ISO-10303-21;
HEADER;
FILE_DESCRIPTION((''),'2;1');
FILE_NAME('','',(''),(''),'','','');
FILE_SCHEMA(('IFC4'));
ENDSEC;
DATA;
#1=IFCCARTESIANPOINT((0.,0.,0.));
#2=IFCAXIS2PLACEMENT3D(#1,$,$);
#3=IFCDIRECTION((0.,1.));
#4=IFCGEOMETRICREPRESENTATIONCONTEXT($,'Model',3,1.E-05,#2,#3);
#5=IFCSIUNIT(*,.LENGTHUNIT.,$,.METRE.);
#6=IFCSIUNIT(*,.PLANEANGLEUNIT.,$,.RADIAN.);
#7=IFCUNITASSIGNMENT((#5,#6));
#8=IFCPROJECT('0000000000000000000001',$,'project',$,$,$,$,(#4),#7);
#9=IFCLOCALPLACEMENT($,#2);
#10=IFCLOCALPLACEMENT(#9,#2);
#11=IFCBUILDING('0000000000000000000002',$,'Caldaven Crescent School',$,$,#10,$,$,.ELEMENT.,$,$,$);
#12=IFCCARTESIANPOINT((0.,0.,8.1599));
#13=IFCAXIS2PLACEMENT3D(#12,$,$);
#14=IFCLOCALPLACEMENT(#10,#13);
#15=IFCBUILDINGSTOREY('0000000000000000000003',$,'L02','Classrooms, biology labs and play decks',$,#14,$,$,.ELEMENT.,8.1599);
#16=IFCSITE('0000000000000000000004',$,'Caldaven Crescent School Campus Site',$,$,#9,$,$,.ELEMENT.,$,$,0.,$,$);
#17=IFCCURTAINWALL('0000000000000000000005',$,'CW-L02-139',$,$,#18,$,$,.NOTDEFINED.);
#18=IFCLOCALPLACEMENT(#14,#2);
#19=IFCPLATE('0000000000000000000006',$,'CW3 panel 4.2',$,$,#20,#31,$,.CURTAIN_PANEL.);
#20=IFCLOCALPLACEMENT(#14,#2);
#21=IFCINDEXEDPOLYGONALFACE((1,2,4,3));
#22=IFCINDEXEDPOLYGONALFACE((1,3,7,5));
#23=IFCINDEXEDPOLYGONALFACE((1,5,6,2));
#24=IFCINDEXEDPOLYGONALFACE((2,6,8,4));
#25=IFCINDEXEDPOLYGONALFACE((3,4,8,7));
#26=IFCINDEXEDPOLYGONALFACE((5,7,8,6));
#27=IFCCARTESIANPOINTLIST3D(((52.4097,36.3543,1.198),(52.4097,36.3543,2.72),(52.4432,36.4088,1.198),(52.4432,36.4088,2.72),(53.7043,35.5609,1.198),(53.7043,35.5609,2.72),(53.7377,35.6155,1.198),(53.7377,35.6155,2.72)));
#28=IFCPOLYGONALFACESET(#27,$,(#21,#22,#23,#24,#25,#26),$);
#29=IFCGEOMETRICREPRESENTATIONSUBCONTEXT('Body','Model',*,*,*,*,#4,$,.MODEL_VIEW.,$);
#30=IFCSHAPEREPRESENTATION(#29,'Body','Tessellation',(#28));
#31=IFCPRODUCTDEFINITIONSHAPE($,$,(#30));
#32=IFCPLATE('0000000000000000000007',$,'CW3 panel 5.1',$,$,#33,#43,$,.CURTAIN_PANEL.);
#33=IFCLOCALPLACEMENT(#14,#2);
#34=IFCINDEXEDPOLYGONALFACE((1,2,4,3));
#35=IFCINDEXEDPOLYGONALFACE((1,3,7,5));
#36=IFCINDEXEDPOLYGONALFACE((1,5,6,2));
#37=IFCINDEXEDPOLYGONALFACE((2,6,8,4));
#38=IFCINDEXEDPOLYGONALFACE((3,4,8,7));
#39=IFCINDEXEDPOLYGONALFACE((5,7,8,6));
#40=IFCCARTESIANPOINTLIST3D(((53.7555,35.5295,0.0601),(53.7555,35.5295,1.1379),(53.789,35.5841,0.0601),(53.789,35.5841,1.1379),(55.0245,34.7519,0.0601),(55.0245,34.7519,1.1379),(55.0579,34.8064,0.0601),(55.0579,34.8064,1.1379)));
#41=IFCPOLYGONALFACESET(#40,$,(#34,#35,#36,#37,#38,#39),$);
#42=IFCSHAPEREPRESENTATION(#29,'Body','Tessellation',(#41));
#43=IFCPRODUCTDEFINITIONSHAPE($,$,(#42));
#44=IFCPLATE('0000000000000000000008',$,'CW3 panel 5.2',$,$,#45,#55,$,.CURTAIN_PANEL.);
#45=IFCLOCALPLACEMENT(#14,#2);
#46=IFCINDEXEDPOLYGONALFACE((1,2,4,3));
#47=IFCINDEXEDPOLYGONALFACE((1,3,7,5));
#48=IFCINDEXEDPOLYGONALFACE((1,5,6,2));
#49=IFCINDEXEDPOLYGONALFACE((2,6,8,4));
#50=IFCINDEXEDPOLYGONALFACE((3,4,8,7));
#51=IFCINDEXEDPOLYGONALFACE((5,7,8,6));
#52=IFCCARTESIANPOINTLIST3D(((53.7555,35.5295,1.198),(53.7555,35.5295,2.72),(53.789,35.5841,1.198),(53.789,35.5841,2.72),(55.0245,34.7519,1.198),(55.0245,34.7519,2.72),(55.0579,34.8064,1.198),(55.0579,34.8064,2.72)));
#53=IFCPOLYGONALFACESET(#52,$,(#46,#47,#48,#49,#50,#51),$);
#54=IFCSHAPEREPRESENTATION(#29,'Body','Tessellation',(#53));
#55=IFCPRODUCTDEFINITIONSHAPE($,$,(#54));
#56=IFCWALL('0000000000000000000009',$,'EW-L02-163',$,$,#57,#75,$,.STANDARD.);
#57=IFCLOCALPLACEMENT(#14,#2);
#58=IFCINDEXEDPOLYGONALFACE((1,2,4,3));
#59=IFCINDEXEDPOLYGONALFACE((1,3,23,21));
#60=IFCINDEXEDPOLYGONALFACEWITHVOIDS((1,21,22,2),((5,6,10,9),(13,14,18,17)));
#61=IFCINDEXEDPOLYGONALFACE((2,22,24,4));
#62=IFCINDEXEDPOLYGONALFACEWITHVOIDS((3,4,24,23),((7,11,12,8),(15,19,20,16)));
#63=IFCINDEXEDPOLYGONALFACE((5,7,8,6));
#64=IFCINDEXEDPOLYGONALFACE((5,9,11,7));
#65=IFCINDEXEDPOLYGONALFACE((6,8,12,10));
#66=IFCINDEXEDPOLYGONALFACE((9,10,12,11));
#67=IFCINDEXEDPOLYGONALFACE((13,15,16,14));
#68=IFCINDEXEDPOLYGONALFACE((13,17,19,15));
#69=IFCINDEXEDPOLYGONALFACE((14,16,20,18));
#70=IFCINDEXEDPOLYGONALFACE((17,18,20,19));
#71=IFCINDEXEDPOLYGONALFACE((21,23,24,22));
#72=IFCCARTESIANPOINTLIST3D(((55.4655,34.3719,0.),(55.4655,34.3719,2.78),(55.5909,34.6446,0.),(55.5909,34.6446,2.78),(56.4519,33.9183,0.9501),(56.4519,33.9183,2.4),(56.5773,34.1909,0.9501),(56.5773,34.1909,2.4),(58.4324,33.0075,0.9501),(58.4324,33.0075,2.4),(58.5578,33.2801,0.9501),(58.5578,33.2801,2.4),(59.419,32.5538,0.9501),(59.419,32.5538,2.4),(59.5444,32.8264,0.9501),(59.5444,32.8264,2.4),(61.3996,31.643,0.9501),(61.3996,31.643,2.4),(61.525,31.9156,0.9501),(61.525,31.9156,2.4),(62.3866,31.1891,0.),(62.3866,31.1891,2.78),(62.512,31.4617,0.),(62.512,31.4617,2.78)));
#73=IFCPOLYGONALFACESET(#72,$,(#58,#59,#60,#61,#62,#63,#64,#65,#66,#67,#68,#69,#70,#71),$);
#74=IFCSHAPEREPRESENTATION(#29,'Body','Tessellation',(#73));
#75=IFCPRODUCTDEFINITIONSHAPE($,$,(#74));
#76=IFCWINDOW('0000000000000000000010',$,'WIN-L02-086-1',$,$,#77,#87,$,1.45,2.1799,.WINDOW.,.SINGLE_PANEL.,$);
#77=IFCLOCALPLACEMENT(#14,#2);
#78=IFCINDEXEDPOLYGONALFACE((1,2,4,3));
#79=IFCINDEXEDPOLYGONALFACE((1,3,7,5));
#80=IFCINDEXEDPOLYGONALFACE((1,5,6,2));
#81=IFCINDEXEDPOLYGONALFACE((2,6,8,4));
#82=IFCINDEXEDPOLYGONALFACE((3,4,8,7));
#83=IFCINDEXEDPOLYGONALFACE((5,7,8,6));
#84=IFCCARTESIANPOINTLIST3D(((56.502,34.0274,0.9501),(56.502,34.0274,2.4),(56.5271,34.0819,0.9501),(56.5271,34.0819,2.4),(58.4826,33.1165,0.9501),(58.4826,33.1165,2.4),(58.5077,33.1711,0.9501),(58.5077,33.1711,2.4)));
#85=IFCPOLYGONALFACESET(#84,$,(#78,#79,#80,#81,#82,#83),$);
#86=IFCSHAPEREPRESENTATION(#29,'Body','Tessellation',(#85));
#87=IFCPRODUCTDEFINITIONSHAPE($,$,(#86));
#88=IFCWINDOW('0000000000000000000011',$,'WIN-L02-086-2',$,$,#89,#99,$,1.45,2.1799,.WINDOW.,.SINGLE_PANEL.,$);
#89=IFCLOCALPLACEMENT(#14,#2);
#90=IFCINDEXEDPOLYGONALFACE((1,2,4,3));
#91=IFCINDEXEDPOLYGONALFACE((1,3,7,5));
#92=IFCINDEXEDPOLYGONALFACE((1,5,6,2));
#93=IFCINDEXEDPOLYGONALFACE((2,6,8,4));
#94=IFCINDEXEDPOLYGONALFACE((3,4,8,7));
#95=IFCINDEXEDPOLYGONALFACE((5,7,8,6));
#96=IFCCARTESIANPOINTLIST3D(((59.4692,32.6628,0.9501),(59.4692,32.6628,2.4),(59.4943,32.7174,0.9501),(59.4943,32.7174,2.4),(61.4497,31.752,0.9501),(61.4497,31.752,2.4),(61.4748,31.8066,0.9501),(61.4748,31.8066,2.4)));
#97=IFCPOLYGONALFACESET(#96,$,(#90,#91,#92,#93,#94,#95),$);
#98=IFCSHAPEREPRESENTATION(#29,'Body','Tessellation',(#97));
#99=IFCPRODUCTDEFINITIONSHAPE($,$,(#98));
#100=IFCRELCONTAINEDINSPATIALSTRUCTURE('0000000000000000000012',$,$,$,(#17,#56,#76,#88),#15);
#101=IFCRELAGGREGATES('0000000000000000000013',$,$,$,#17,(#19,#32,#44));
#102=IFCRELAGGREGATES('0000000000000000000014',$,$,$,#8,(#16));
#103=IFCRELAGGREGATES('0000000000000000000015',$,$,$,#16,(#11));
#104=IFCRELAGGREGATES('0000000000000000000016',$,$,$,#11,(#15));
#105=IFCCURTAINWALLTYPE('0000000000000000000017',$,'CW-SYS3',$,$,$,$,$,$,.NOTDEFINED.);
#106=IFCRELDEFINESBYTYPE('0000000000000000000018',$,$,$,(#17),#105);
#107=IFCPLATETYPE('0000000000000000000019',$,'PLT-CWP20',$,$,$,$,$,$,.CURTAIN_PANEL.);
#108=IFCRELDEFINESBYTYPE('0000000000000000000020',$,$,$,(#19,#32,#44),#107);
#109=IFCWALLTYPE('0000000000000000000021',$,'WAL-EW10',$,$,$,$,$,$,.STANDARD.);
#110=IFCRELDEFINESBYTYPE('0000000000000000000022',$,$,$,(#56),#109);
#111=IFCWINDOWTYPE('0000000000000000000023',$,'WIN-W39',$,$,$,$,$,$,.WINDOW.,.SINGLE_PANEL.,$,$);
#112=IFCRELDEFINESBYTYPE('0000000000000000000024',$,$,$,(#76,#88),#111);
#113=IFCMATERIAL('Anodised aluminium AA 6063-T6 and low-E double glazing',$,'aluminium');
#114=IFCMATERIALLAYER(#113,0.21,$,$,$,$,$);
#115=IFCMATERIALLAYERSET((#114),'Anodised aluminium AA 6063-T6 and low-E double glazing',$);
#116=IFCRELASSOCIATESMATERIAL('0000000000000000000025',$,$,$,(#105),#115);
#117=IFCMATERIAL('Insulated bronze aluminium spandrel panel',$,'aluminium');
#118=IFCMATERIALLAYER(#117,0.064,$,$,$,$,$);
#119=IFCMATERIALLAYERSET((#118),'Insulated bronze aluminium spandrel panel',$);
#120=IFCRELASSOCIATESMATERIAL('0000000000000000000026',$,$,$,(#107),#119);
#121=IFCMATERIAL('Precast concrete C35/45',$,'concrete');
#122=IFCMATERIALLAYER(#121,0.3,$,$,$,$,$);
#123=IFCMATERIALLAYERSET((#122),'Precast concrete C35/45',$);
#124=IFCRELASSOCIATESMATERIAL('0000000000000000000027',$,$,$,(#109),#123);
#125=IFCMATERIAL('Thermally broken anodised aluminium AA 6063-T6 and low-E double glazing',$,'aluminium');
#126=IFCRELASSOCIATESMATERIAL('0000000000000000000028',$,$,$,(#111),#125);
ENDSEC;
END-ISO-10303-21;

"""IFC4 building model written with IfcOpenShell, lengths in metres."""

from ifc_helpers import new_model, si_unit, direction, frame, frame_2d, origin, origin_2d, place, context, subcontext, project, spatial, rectangle, extrude, material, layer, layer_set, type_object, element, fill, aggregate, save


model = new_model("IFC4")

# Units and contexts
model_context = context("Model", 3, precision=1e-05, world=origin(), true_north=direction((0.0, 1.0)))
body_context = subcontext(model_context, "Body", "Model", "MODEL_VIEW")
ifc_project = project(units=[si_unit("LENGTHUNIT", "METRE"), si_unit("PLANEANGLEUNIT", "RADIAN")], contexts=[model_context])

# Site, building, storey
site_placement = place(None, origin())
site = spatial("IfcSite", under=ifc_project, at=site_placement, Name="Caldaven Crescent School Campus Site", CompositionType="ELEMENT", RefElevation=0.0)
building_placement = place(site_placement, origin())
building = spatial("IfcBuilding", under=site, at=building_placement, Name="Caldaven Crescent School", CompositionType="ELEMENT")
storey_placement = place(building_placement, frame((0.0, 0.0, 8.1599)))
storey = spatial("IfcBuildingStorey", under=building, at=storey_placement, Name="L02", Description="Classrooms, biology labs and play decks", CompositionType="ELEMENT", Elevation=8.1599)

# Curtain wall
ifc_material_1 = material(Name="Anodised aluminium AA 6063-T6 and low-E double glazing", Category="aluminium")
ifc_layer_1 = layer(ifc_material_1, 0.21)
ifc_layer_set_1 = layer_set([ifc_layer_1], Name="Anodised aluminium AA 6063-T6 and low-E double glazing")
curtain_wall_type = type_object("IfcCurtainWallType", Name="CW-SYS3", PredefinedType="NOTDEFINED", material=ifc_layer_set_1)
curtain_wall_placement = place(storey_placement, origin())
curtain_wall = element("IfcCurtainWall", 1, at=curtain_wall_placement, inside=storey, type_object=curtain_wall_type, Name="CW-L02-139", PredefinedType="NOTDEFINED")

# Plates
ifc_material_2 = material(Name="Insulated bronze aluminium spandrel panel", Category="aluminium")
ifc_layer_2 = layer(ifc_material_2, 0.064)
ifc_layer_set_2 = layer_set([ifc_layer_2], Name="Insulated bronze aluminium spandrel panel")
plate_type = type_object("IfcPlateType", Name="PLT-CWP20", PredefinedType="CURTAIN_PANEL", material=ifc_layer_set_2)
plate_1_placement = place(storey_placement, frame((53.0737, 35.9849, 1.198), z_axis=(0.0, 0.0, 1.0), x_axis=(0.85264, -0.522499, 0.0)))
plate_1 = element("IfcPlate", 2, at=plate_1_placement, type_object=plate_type, Name="CW3 panel 4.2", PredefinedType="CURTAIN_PANEL", context=body_context, shape_type="SweptSolid", body=[
    extrude(rectangle(XDim=1.5183, YDim=0.064, at=origin_2d()), origin(), (0.0, 0.0, 1.0), 1.522),
])
plate_2_placement = place(storey_placement, frame((54.4067, 35.168, 0.0601), z_axis=(0.0, 0.0, 1.0), x_axis=(0.85264, -0.522499, 0.0)))
plate_2 = element("IfcPlate", 3, at=plate_2_placement, type_object=plate_type, Name="CW3 panel 5.1", PredefinedType="CURTAIN_PANEL", context=body_context, shape_type="SweptSolid", body=[
    extrude(rectangle(XDim=1.4883, YDim=0.064, at=origin_2d()), origin(), (0.0, 0.0, 1.0), 1.0779),
])
plate_3_placement = place(storey_placement, frame((54.4067, 35.168, 1.198), z_axis=(0.0, 0.0, 1.0), x_axis=(0.85264, -0.522499, 0.0)))
plate_3 = element("IfcPlate", 4, at=plate_3_placement, type_object=plate_type, Name="CW3 panel 5.2", PredefinedType="CURTAIN_PANEL", context=body_context, shape_type="SweptSolid", body=[
    extrude(rectangle(XDim=1.4883, YDim=0.064, at=origin_2d()), origin(), (0.0, 0.0, 1.0), 1.522),
])
aggregate(curtain_wall, [plate_1, plate_2, plate_3])

# Wall, openings, windows
ifc_material_3 = material(Name="Precast concrete C35/45", Category="concrete")
ifc_layer_3 = layer(ifc_material_3, 0.3)
ifc_layer_set_3 = layer_set([ifc_layer_3], Name="Precast concrete C35/45")
wall_type = type_object("IfcWallType", Name="WAL-EW10", PredefinedType="STANDARD", material=ifc_layer_set_3)
wall_placement = place(storey_placement, frame((55.5281, 34.5083, 0.0), z_axis=(0.0, 0.0, 1.0), x_axis=(0.908534, -0.417812, 0.0)))
wall = element("IfcWall", 5, at=wall_placement, inside=storey, type_object=wall_type, Name="EW-L02-163", PredefinedType="STANDARD", context=body_context, shape_type="SweptSolid", body=[
    extrude(rectangle(XDim=7.6179, YDim=0.3, at=frame_2d((3.8091, 0.0))), origin(), (0.0, 0.0, 1.0), 2.78),
])
opening_1_placement = place(wall_placement, frame((1.0859, 0.0, 0.95)))
opening_1 = element("IfcOpeningElement", 6, at=opening_1_placement, cuts=wall, PredefinedType="OPENING", context=body_context, shape_type="SweptSolid", body=[
    extrude(rectangle(XDim=2.1799, YDim=1.45, at=frame_2d((1.0898, 0.7251))), frame((0.0, 0.1599, 0.0), z_axis=(0.0, -1.0, 0.0), x_axis=(1.0, 0.0, 0.0)), (0.0, 0.0, 1.0), 0.3201),
])
opening_2_placement = place(wall_placement, frame((4.3518, 0.0, 0.95)))
opening_2 = element("IfcOpeningElement", 7, at=opening_2_placement, cuts=wall, PredefinedType="OPENING", context=body_context, shape_type="SweptSolid", body=[
    extrude(rectangle(XDim=2.1799, YDim=1.45, at=frame_2d((1.0898, 0.7251))), frame((0.0, 0.1599, 0.0), z_axis=(0.0, -1.0, 0.0), x_axis=(1.0, 0.0, 0.0)), (0.0, 0.0, 1.0), 0.3201),
])
ifc_material_4 = material(Name="Thermally broken anodised aluminium AA 6063-T6 and low-E double glazing", Category="aluminium")
window_type = type_object("IfcWindowType", Name="WIN-W39", PartitioningType="SINGLE_PANEL", PredefinedType="WINDOW", material=ifc_material_4)
window_1_placement = place(opening_1_placement, origin())
window_1 = element("IfcWindow", 8, at=window_1_placement, inside=storey, type_object=window_type, Name="WIN-L02-086-1", OverallHeight=1.45, OverallWidth=2.1799, PartitioningType="SINGLE_PANEL", PredefinedType="WINDOW", context=body_context, shape_type="SweptSolid", body=[
    extrude(rectangle(XDim=2.1799, YDim=1.45, at=frame_2d((1.0898, 0.7251))), frame((0.0, 0.03, 0.0), z_axis=(0.0, -1.0, 0.0), x_axis=(1.0, 0.0, 0.0)), (0.0, 0.0, 1.0), 0.0601),
])
fill(opening_1, window_1)
window_2_placement = place(opening_2_placement, origin())
window_2 = element("IfcWindow", 9, at=window_2_placement, inside=storey, type_object=window_type, Name="WIN-L02-086-2", OverallHeight=1.45, OverallWidth=2.1799, PartitioningType="SINGLE_PANEL", PredefinedType="WINDOW", context=body_context, shape_type="SweptSolid", body=[
    extrude(rectangle(XDim=2.1799, YDim=1.45, at=frame_2d((1.0898, 0.7251))), frame((0.0, 0.03, 0.0), z_axis=(0.0, -1.0, 0.0), x_axis=(1.0, 0.0, 0.0)), (0.0, 0.0, 1.0), 0.0601),
])
fill(opening_2, window_2)

save(model, "model.ifc")
